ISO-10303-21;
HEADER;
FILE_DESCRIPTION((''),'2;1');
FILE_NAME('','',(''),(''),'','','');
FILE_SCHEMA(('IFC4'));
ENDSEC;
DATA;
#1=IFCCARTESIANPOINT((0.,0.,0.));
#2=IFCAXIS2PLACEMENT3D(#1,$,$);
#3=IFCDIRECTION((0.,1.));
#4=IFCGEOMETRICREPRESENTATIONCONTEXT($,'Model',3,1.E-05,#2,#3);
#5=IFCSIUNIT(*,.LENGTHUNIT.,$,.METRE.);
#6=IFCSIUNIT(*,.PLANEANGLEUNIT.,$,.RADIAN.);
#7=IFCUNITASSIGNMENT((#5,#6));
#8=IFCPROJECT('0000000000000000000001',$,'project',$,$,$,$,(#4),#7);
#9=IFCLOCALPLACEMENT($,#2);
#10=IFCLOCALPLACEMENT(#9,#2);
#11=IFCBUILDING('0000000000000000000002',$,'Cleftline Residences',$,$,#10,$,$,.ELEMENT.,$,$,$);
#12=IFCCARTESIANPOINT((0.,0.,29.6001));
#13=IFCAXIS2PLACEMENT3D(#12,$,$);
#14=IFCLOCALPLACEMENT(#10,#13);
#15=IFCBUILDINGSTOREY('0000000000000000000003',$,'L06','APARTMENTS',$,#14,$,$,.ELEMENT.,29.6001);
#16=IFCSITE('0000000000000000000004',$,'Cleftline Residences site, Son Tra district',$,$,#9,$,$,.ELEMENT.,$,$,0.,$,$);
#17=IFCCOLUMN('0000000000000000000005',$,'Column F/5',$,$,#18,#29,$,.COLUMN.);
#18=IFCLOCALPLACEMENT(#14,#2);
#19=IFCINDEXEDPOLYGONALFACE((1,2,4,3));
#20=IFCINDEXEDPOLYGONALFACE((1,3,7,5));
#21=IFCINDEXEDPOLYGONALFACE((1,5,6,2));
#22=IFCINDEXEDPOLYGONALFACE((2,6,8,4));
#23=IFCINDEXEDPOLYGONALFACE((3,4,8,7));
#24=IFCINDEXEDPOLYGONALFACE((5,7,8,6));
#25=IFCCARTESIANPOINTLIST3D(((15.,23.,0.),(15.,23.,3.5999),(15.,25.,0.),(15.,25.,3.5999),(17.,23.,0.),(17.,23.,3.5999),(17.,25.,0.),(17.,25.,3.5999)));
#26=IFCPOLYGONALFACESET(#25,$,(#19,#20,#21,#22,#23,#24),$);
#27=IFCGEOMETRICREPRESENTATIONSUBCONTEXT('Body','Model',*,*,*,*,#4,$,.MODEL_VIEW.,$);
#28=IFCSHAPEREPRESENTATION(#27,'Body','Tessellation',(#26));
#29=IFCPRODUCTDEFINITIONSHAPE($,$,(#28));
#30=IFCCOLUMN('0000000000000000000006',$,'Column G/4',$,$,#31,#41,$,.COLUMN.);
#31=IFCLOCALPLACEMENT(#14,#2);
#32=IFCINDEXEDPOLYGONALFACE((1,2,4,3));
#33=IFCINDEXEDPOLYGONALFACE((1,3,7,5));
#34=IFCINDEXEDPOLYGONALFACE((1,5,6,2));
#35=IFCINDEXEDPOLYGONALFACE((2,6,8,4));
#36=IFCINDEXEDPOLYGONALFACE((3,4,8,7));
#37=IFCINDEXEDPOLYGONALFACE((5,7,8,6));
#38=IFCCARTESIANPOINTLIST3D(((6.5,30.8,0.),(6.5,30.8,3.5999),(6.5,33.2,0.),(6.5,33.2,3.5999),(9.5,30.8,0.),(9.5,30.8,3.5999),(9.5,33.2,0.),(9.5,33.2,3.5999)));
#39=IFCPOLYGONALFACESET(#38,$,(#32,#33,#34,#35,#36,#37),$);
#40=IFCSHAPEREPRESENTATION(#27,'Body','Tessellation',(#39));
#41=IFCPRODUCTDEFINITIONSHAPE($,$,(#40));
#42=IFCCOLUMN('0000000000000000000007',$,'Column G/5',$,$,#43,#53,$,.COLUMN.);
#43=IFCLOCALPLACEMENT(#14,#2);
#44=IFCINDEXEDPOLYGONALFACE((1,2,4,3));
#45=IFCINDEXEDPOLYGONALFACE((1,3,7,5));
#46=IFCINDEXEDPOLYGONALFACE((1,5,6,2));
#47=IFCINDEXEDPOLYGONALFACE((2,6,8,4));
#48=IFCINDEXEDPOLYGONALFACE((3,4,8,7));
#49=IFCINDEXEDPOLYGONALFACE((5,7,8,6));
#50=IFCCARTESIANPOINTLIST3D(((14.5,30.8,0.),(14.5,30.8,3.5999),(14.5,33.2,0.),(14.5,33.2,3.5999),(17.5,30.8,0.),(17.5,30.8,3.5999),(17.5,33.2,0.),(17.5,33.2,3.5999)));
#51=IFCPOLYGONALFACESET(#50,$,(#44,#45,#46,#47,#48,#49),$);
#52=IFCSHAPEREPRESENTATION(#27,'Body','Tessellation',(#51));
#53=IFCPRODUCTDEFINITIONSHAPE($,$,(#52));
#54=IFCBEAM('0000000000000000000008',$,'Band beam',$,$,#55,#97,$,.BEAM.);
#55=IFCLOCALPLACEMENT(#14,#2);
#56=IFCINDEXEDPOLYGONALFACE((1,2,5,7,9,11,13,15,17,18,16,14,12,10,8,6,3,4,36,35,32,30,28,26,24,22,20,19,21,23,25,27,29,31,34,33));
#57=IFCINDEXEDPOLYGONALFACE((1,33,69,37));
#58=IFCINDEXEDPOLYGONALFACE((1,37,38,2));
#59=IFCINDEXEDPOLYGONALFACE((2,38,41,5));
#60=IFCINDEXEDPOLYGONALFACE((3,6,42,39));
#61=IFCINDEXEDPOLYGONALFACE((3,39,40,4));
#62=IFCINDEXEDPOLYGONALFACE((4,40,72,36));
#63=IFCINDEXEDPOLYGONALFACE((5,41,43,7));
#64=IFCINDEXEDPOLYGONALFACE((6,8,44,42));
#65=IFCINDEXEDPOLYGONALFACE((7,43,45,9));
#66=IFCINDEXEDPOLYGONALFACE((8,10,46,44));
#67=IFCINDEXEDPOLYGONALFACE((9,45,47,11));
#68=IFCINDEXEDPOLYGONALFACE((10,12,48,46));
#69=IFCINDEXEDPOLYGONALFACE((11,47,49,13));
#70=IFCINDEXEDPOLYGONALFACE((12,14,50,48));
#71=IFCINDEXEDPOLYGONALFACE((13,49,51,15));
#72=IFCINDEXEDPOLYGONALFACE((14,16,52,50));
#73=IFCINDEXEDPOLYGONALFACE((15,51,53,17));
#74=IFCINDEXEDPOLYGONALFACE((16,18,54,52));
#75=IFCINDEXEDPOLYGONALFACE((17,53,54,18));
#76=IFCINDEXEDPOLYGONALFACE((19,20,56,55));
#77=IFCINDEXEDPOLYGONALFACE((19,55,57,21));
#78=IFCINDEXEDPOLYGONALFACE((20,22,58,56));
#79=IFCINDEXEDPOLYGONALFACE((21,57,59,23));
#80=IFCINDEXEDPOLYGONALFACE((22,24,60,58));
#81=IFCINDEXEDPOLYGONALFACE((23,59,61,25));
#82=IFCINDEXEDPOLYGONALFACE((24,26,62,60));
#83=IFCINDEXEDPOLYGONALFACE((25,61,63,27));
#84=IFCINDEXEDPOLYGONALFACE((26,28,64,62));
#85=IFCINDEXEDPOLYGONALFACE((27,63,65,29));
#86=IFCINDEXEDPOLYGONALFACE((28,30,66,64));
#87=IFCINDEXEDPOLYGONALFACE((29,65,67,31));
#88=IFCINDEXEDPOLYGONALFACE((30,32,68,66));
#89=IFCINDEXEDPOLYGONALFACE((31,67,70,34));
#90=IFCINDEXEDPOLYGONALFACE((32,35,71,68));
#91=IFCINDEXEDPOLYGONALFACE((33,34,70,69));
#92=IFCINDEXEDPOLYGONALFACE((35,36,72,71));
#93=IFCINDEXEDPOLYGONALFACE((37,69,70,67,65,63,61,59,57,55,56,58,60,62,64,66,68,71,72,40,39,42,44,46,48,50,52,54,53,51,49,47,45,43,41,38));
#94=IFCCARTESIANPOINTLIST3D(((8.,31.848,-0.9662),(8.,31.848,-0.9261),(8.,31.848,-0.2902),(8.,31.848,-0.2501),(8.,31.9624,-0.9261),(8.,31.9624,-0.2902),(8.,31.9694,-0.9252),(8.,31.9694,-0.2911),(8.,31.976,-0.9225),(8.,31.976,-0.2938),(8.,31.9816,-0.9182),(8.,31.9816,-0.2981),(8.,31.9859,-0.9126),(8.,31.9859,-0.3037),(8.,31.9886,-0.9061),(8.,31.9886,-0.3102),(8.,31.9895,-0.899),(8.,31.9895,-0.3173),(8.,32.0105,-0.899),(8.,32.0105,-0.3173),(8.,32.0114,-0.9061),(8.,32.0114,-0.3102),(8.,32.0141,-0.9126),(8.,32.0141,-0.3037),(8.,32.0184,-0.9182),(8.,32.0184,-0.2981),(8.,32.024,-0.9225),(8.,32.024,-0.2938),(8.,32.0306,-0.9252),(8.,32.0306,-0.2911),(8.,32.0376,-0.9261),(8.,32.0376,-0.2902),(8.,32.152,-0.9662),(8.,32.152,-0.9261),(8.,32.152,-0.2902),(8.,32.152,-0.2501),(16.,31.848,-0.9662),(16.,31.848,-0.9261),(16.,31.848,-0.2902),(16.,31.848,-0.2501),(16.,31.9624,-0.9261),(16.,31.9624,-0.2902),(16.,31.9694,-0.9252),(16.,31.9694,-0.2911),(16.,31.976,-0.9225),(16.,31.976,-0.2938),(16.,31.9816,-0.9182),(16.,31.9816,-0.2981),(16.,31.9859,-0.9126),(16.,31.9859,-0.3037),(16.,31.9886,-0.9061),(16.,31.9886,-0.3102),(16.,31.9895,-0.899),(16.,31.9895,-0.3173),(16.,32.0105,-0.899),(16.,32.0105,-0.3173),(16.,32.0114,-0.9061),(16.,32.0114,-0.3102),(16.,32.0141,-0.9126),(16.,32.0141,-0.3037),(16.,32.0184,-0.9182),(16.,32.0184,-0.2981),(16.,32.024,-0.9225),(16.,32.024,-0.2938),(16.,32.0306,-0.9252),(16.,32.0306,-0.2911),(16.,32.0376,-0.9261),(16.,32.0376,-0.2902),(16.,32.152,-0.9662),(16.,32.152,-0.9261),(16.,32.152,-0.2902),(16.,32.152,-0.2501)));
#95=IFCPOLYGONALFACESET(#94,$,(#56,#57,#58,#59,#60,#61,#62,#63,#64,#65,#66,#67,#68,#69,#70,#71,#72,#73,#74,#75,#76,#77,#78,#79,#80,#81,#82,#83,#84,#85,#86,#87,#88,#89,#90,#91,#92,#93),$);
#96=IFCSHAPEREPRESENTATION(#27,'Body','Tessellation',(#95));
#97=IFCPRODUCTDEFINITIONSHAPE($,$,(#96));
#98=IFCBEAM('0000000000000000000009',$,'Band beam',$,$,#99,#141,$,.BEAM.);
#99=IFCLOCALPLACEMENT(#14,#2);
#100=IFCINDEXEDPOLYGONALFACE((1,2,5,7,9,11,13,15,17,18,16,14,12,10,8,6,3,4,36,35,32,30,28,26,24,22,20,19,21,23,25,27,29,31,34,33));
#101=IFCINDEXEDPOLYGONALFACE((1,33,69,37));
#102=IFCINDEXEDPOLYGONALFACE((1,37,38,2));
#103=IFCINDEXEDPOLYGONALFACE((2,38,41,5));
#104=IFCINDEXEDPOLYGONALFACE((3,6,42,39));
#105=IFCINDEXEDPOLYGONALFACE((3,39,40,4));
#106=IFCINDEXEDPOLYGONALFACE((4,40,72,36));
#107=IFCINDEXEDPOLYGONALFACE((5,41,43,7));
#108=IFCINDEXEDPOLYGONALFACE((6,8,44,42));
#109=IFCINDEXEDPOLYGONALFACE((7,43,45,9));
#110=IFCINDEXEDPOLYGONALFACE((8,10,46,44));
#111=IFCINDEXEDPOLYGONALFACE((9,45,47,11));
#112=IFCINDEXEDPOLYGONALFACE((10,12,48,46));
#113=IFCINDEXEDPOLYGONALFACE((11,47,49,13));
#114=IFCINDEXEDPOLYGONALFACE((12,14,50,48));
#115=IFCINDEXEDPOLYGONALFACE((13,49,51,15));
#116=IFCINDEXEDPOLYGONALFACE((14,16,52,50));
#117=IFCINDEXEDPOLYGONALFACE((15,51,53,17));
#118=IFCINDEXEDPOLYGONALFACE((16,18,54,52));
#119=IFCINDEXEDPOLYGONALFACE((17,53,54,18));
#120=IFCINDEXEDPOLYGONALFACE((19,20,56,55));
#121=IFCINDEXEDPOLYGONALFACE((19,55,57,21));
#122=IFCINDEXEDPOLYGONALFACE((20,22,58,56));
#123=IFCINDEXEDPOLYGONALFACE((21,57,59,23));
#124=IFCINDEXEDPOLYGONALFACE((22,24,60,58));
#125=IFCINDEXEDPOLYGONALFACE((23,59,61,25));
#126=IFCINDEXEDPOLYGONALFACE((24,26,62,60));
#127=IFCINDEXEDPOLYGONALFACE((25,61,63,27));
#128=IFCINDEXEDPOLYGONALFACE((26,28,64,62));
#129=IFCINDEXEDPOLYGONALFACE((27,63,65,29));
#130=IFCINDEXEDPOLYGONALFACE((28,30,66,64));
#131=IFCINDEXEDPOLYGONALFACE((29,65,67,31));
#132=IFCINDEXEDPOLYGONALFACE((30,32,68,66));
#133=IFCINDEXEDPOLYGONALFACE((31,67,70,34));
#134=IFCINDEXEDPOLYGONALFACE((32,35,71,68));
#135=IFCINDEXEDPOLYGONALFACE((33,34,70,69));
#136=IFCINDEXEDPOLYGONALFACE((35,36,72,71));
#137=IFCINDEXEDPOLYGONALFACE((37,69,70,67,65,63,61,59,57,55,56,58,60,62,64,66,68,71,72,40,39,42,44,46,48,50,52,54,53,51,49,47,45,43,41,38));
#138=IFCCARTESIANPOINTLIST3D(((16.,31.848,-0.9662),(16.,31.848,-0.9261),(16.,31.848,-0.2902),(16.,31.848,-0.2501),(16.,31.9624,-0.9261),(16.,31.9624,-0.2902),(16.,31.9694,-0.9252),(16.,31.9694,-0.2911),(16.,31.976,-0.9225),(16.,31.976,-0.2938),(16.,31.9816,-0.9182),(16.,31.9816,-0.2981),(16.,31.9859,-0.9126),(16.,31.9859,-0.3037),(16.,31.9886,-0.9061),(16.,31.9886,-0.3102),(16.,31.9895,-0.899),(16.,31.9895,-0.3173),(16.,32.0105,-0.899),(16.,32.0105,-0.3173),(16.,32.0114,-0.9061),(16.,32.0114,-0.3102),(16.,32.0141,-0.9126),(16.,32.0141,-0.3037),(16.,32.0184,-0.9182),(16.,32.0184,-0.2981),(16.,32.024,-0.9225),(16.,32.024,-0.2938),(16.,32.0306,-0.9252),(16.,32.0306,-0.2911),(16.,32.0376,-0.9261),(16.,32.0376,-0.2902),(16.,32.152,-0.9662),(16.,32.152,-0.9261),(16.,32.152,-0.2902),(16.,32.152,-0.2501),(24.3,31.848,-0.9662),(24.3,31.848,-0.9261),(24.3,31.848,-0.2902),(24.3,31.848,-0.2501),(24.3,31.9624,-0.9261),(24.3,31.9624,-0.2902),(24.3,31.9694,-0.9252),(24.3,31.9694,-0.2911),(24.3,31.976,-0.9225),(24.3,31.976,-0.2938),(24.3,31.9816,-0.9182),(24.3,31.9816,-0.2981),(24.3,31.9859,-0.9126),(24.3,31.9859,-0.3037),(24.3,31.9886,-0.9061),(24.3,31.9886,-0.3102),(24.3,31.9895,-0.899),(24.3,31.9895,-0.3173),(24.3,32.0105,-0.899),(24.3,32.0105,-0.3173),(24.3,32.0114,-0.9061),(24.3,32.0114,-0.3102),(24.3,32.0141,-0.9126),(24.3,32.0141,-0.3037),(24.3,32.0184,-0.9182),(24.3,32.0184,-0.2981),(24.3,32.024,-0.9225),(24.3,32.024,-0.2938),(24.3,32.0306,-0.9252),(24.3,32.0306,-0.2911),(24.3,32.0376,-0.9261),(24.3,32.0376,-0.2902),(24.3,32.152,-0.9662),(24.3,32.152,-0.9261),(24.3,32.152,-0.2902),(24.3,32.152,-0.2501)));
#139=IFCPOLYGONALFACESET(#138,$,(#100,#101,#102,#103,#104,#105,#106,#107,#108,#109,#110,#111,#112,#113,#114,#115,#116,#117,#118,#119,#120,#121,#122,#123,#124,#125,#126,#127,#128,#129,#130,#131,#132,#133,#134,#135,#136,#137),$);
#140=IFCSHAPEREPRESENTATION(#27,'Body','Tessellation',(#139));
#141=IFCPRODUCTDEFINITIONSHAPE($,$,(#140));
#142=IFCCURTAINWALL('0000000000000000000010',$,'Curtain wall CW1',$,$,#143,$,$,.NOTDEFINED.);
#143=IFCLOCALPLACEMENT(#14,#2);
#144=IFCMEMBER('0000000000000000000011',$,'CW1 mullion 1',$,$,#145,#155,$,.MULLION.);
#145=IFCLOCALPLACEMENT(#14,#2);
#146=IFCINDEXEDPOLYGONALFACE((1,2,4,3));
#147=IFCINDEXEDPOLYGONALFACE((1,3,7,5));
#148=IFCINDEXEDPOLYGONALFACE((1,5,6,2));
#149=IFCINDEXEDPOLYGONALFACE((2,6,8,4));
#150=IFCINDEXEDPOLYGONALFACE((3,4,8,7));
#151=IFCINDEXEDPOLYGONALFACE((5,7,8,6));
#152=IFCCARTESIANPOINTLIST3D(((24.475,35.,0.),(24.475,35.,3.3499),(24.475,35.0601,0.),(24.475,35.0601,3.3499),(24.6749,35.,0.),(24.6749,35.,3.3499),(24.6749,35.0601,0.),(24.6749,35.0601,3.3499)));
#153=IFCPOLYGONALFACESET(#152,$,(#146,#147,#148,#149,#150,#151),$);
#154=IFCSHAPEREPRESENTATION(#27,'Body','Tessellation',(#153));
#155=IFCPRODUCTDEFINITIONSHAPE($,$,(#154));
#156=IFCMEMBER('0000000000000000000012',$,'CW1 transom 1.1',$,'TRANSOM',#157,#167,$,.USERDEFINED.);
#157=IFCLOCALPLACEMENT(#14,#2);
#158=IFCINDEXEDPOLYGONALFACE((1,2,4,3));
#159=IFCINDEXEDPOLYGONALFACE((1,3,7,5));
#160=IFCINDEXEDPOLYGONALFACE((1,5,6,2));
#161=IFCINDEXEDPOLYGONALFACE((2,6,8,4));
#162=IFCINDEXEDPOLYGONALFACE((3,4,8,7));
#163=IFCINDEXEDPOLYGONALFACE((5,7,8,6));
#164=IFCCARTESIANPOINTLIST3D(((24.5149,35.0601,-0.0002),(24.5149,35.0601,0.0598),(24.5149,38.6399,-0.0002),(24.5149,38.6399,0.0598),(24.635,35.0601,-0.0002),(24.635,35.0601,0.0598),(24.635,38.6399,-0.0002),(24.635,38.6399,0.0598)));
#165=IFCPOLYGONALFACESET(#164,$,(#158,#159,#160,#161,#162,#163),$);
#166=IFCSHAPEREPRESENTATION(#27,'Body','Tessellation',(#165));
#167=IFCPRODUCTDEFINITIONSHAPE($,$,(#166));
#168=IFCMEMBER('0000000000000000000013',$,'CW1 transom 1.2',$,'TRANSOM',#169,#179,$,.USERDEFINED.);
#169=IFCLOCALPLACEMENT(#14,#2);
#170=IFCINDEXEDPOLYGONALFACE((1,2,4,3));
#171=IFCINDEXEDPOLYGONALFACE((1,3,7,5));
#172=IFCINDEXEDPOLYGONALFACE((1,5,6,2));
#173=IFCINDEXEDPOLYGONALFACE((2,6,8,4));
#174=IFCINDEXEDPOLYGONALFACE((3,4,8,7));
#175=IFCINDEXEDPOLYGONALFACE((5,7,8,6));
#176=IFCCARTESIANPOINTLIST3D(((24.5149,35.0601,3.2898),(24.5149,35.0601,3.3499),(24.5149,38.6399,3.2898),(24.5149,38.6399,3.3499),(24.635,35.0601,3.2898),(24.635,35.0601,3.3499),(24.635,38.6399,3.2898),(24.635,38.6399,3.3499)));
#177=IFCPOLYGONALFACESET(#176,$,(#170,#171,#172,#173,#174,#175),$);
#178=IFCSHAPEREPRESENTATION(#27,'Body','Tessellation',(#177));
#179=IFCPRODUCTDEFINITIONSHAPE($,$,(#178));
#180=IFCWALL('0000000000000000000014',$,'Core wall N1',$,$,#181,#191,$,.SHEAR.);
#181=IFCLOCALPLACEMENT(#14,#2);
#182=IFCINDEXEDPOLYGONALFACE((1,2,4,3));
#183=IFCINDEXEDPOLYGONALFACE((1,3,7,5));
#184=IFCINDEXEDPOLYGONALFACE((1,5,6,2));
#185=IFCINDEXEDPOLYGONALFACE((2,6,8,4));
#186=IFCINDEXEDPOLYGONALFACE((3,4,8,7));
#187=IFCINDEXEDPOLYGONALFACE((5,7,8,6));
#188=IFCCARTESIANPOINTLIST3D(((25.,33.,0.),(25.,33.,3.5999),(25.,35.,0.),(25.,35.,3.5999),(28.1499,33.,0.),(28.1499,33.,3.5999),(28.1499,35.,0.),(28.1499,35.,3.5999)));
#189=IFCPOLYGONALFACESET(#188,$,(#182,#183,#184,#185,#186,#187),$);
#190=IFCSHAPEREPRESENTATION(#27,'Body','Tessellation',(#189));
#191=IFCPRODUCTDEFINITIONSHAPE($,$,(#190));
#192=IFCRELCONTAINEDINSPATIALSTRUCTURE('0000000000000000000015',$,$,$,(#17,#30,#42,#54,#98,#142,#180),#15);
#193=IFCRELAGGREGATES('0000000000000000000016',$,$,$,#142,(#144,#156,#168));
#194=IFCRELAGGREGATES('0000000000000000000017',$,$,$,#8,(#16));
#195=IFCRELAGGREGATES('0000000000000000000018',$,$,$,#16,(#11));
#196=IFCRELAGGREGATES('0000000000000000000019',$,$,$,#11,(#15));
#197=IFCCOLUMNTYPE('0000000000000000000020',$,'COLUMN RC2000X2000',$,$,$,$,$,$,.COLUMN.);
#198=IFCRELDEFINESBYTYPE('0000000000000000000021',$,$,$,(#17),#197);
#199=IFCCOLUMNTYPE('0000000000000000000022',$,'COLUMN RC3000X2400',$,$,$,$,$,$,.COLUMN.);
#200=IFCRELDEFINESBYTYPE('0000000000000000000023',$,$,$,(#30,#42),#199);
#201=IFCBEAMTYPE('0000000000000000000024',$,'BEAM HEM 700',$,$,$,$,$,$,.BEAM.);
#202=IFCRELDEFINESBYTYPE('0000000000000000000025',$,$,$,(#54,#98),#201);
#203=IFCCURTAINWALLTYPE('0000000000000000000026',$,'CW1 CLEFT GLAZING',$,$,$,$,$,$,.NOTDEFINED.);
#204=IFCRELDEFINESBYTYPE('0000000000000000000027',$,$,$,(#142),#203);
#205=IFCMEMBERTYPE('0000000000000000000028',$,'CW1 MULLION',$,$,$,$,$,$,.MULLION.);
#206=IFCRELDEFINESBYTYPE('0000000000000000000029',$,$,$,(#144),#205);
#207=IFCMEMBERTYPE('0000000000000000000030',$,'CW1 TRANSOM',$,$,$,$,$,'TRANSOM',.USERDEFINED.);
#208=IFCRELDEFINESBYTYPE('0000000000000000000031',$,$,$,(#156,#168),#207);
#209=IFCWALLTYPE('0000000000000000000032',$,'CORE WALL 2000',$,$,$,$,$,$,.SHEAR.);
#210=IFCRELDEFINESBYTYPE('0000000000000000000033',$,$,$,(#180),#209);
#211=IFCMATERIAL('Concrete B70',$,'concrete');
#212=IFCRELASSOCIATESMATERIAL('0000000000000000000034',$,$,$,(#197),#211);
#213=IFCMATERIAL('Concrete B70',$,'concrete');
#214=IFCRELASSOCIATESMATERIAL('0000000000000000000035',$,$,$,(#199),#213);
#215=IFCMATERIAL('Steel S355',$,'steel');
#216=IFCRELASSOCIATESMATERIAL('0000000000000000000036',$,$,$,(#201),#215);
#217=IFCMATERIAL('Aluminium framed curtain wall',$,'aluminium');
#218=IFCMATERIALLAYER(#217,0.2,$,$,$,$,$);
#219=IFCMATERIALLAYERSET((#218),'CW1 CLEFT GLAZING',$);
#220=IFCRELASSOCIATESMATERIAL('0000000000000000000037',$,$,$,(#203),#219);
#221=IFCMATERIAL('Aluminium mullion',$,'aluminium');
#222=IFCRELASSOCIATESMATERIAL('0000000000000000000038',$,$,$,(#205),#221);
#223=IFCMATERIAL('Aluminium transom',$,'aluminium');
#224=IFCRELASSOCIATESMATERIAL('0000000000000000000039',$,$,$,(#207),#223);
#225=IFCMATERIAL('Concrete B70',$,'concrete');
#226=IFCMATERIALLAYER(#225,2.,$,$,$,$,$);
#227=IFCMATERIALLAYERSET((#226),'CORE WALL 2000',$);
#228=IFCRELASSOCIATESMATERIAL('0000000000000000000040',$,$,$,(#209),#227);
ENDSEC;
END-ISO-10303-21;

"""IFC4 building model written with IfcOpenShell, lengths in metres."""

from ifc_helpers import new_model, si_unit, direction, frame, frame_2d, origin, origin_2d, place, context, subcontext, project, spatial, rectangle, i_section, extrude, material, layer, layer_set, material_profile, profile_set, type_object, element, aggregate, save


model = new_model("IFC4")

# Units and contexts
model_context = context("Model", 3, precision=1e-05, world=origin(), true_north=direction((0.0, 1.0)))
body_context = subcontext(model_context, "Body", "Model", "MODEL_VIEW")
ifc_project = project(units=[si_unit("LENGTHUNIT", "METRE"), si_unit("PLANEANGLEUNIT", "RADIAN")], contexts=[model_context])

# Site, building, storey
site_placement = place(None, origin())
site = spatial("IfcSite", under=ifc_project, at=site_placement, Name="Cleftline Residences site, Son Tra district", CompositionType="ELEMENT", RefElevation=0.0)
building_placement = place(site_placement, origin())
building = spatial("IfcBuilding", under=site, at=building_placement, Name="Cleftline Residences", CompositionType="ELEMENT")
storey_placement = place(building_placement, frame((0.0, 0.0, 29.6001)))
storey = spatial("IfcBuildingStorey", under=building, at=storey_placement, Name="L06", Description="APARTMENTS", CompositionType="ELEMENT", Elevation=29.6001)

# Columns
ifc_material_1 = material(Name="Concrete B70", Category="concrete")
ifc_material_profile_1 = material_profile(ifc_material_1, rectangle(XDim=2.0, YDim=2.0, at=origin_2d()))
ifc_profile_set_1 = profile_set([ifc_material_profile_1], Name="Concrete B70")
column_type_1 = type_object("IfcColumnType", Name="COLUMN RC2000X2000", PredefinedType="COLUMN", material=ifc_profile_set_1)
column_placement = place(storey_placement, frame((16.0, 24.0, 0.0), z_axis=(0.0, 0.0, 1.0), x_axis=(1.0, 0.0, 0.0)))
element("IfcColumn", 1, at=column_placement, inside=storey, type_object=column_type_1, Name="Column F/5", PredefinedType="COLUMN", context=body_context, shape_type="SweptSolid", body=[
    extrude(rectangle(XDim=2.0, YDim=2.0, at=origin_2d()), origin(), (0.0, 0.0, 1.0), 3.5999),
])
ifc_material_2 = material(Name="Concrete B70", Category="concrete")
ifc_material_profile_2 = material_profile(ifc_material_2, rectangle(XDim=3.0, YDim=2.3999, at=origin_2d()))
ifc_profile_set_2 = profile_set([ifc_material_profile_2], Name="Concrete B70")
column_type_2 = type_object("IfcColumnType", Name="COLUMN RC3000X2400", PredefinedType="COLUMN", material=ifc_profile_set_2)
for number, where, z_axis, x_axis, name in (
    (2, (8.0, 32.0, 0.0), (0.0, 0.0, 1.0), (1.0, 0.0, 0.0), "Column G/4"),
    (3, (16.0, 32.0, 0.0), (0.0, 0.0, 1.0), (1.0, 0.0, 0.0), "Column G/5"),
):
    element("IfcColumn", number, at=place(storey_placement, frame(where, z_axis=z_axis, x_axis=x_axis)), inside=storey, type_object=column_type_2, Name=name, PredefinedType="COLUMN", context=body_context, shape_type="SweptSolid", body=[
        extrude(rectangle(XDim=3.0, YDim=2.3999, at=origin_2d()), origin(), (0.0, 0.0, 1.0), 3.5999),
    ])

# Beams
ifc_material_3 = material(Name="Steel S355", Category="steel")
ifc_material_profile_3 = material_profile(ifc_material_3, i_section(OverallWidth=0.304, OverallDepth=0.7161, WebThickness=0.021, FlangeThickness=0.04, FilletRadius=0.0271, at=origin_2d()))
ifc_profile_set_3 = profile_set([ifc_material_profile_3], Name="Steel S355")
beam_type = type_object("IfcBeamType", Name="BEAM HEM 700", PredefinedType="BEAM", material=ifc_profile_set_3)
beam_1_placement = place(storey_placement, frame((8.0, 32.0, -0.6082), z_axis=(1.0, 0.0, 0.0), x_axis=(0.0, 1.0, 0.0)))
element("IfcBeam", 4, at=beam_1_placement, inside=storey, type_object=beam_type, Name="Band beam", PredefinedType="BEAM", context=body_context, shape_type="SweptSolid", body=[
    extrude(i_section(OverallWidth=0.304, OverallDepth=0.7161, WebThickness=0.021, FlangeThickness=0.04, FilletRadius=0.0271, at=origin_2d()), origin(), (0.0, 0.0, 1.0), 8.0),
])
beam_2_placement = place(storey_placement, frame((16.0, 32.0, -0.6082), z_axis=(1.0, 0.0, 0.0), x_axis=(0.0, 1.0, 0.0)))
element("IfcBeam", 5, at=beam_2_placement, inside=storey, type_object=beam_type, Name="Band beam", PredefinedType="BEAM", context=body_context, shape_type="SweptSolid", body=[
    extrude(i_section(OverallWidth=0.304, OverallDepth=0.7161, WebThickness=0.021, FlangeThickness=0.04, FilletRadius=0.0271, at=origin_2d()), origin(), (0.0, 0.0, 1.0), 8.3),
])

# Curtain wall, members
ifc_material_4 = material(Name="Aluminium framed curtain wall", Category="aluminium")
ifc_layer_1 = layer(ifc_material_4, 0.2)
ifc_layer_set_1 = layer_set([ifc_layer_1], Name="CW1 CLEFT GLAZING")
curtain_wall_type = type_object("IfcCurtainWallType", Name="CW1 CLEFT GLAZING", PredefinedType="NOTDEFINED", material=ifc_layer_set_1)
curtain_wall_placement = place(storey_placement, origin())
curtain_wall = element("IfcCurtainWall", 6, at=curtain_wall_placement, inside=storey, type_object=curtain_wall_type, Name="Curtain wall CW1", PredefinedType="NOTDEFINED")
ifc_material_5 = material(Name="Aluminium mullion", Category="aluminium")
ifc_material_profile_4 = material_profile(ifc_material_5, rectangle(XDim=0.2, YDim=0.0601, at=origin_2d()))
ifc_profile_set_4 = profile_set([ifc_material_profile_4], Name="Aluminium mullion")
member_type_1 = type_object("IfcMemberType", Name="CW1 MULLION", PredefinedType="MULLION", material=ifc_profile_set_4)
member_1_placement = place(storey_placement, frame((24.575, 35.03, 0.0), z_axis=(0.0, 0.0, 1.0), x_axis=(-1.0, 0.0, 0.0)))
member_1 = element("IfcMember", 7, at=member_1_placement, type_object=member_type_1, Name="CW1 mullion 1", PredefinedType="MULLION", context=body_context, shape_type="SweptSolid", body=[
    extrude(rectangle(XDim=0.2, YDim=0.0601, at=origin_2d()), origin(), (0.0, 0.0, 1.0), 3.3499),
])
ifc_material_6 = material(Name="Aluminium transom", Category="aluminium")
ifc_material_profile_5 = material_profile(ifc_material_6, rectangle(XDim=0.1201, YDim=0.0601, at=origin_2d()))
ifc_profile_set_5 = profile_set([ifc_material_profile_5], Name="Aluminium transom")
member_type_2 = type_object("IfcMemberType", Name="CW1 TRANSOM", ElementType="TRANSOM", PredefinedType="USERDEFINED", material=ifc_profile_set_5)
member_2_placement = place(storey_placement, frame((24.575, 35.0601, 0.0298), z_axis=(0.0, 1.0, 0.0), x_axis=(-1.0, 0.0, 0.0)))
member_2 = element("IfcMember", 8, at=member_2_placement, type_object=member_type_2, Name="CW1 transom 1.1", ObjectType="TRANSOM", PredefinedType="USERDEFINED", context=body_context, shape_type="SweptSolid", body=[
    extrude(rectangle(XDim=0.1201, YDim=0.0601, at=origin_2d()), origin(), (0.0, 0.0, 1.0), 3.5798),
])
member_3_placement = place(storey_placement, frame((24.575, 35.0601, 3.3198), z_axis=(0.0, 1.0, 0.0), x_axis=(-1.0, 0.0, 0.0)))
member_3 = element("IfcMember", 9, at=member_3_placement, type_object=member_type_2, Name="CW1 transom 1.2", ObjectType="TRANSOM", PredefinedType="USERDEFINED", context=body_context, shape_type="SweptSolid", body=[
    extrude(rectangle(XDim=0.1201, YDim=0.0601, at=origin_2d()), origin(), (0.0, 0.0, 1.0), 3.5798),
])
aggregate(curtain_wall, [member_1, member_2, member_3])

# Wall
ifc_material_7 = material(Name="Concrete B70", Category="concrete")
ifc_layer_2 = layer(ifc_material_7, 2.0)
ifc_layer_set_2 = layer_set([ifc_layer_2], Name="CORE WALL 2000")
wall_type_1 = type_object("IfcWallType", Name="CORE WALL 2000", PredefinedType="SHEAR", material=ifc_layer_set_2)
wall_1_placement = place(storey_placement, frame((25.0, 34.0, 0.0), z_axis=(0.0, 0.0, 1.0), x_axis=(1.0, 0.0, 0.0)))
element("IfcWall", 10, at=wall_1_placement, inside=storey, type_object=wall_type_1, Name="Core wall N1", PredefinedType="SHEAR", context=body_context, shape_type="SweptSolid", body=[
    extrude(rectangle(XDim=3.1499, YDim=2.0, at=frame_2d((1.575, 0.0))), origin(), (0.0, 0.0, 1.0), 3.5999),
])

save(model, "model.ifc")
